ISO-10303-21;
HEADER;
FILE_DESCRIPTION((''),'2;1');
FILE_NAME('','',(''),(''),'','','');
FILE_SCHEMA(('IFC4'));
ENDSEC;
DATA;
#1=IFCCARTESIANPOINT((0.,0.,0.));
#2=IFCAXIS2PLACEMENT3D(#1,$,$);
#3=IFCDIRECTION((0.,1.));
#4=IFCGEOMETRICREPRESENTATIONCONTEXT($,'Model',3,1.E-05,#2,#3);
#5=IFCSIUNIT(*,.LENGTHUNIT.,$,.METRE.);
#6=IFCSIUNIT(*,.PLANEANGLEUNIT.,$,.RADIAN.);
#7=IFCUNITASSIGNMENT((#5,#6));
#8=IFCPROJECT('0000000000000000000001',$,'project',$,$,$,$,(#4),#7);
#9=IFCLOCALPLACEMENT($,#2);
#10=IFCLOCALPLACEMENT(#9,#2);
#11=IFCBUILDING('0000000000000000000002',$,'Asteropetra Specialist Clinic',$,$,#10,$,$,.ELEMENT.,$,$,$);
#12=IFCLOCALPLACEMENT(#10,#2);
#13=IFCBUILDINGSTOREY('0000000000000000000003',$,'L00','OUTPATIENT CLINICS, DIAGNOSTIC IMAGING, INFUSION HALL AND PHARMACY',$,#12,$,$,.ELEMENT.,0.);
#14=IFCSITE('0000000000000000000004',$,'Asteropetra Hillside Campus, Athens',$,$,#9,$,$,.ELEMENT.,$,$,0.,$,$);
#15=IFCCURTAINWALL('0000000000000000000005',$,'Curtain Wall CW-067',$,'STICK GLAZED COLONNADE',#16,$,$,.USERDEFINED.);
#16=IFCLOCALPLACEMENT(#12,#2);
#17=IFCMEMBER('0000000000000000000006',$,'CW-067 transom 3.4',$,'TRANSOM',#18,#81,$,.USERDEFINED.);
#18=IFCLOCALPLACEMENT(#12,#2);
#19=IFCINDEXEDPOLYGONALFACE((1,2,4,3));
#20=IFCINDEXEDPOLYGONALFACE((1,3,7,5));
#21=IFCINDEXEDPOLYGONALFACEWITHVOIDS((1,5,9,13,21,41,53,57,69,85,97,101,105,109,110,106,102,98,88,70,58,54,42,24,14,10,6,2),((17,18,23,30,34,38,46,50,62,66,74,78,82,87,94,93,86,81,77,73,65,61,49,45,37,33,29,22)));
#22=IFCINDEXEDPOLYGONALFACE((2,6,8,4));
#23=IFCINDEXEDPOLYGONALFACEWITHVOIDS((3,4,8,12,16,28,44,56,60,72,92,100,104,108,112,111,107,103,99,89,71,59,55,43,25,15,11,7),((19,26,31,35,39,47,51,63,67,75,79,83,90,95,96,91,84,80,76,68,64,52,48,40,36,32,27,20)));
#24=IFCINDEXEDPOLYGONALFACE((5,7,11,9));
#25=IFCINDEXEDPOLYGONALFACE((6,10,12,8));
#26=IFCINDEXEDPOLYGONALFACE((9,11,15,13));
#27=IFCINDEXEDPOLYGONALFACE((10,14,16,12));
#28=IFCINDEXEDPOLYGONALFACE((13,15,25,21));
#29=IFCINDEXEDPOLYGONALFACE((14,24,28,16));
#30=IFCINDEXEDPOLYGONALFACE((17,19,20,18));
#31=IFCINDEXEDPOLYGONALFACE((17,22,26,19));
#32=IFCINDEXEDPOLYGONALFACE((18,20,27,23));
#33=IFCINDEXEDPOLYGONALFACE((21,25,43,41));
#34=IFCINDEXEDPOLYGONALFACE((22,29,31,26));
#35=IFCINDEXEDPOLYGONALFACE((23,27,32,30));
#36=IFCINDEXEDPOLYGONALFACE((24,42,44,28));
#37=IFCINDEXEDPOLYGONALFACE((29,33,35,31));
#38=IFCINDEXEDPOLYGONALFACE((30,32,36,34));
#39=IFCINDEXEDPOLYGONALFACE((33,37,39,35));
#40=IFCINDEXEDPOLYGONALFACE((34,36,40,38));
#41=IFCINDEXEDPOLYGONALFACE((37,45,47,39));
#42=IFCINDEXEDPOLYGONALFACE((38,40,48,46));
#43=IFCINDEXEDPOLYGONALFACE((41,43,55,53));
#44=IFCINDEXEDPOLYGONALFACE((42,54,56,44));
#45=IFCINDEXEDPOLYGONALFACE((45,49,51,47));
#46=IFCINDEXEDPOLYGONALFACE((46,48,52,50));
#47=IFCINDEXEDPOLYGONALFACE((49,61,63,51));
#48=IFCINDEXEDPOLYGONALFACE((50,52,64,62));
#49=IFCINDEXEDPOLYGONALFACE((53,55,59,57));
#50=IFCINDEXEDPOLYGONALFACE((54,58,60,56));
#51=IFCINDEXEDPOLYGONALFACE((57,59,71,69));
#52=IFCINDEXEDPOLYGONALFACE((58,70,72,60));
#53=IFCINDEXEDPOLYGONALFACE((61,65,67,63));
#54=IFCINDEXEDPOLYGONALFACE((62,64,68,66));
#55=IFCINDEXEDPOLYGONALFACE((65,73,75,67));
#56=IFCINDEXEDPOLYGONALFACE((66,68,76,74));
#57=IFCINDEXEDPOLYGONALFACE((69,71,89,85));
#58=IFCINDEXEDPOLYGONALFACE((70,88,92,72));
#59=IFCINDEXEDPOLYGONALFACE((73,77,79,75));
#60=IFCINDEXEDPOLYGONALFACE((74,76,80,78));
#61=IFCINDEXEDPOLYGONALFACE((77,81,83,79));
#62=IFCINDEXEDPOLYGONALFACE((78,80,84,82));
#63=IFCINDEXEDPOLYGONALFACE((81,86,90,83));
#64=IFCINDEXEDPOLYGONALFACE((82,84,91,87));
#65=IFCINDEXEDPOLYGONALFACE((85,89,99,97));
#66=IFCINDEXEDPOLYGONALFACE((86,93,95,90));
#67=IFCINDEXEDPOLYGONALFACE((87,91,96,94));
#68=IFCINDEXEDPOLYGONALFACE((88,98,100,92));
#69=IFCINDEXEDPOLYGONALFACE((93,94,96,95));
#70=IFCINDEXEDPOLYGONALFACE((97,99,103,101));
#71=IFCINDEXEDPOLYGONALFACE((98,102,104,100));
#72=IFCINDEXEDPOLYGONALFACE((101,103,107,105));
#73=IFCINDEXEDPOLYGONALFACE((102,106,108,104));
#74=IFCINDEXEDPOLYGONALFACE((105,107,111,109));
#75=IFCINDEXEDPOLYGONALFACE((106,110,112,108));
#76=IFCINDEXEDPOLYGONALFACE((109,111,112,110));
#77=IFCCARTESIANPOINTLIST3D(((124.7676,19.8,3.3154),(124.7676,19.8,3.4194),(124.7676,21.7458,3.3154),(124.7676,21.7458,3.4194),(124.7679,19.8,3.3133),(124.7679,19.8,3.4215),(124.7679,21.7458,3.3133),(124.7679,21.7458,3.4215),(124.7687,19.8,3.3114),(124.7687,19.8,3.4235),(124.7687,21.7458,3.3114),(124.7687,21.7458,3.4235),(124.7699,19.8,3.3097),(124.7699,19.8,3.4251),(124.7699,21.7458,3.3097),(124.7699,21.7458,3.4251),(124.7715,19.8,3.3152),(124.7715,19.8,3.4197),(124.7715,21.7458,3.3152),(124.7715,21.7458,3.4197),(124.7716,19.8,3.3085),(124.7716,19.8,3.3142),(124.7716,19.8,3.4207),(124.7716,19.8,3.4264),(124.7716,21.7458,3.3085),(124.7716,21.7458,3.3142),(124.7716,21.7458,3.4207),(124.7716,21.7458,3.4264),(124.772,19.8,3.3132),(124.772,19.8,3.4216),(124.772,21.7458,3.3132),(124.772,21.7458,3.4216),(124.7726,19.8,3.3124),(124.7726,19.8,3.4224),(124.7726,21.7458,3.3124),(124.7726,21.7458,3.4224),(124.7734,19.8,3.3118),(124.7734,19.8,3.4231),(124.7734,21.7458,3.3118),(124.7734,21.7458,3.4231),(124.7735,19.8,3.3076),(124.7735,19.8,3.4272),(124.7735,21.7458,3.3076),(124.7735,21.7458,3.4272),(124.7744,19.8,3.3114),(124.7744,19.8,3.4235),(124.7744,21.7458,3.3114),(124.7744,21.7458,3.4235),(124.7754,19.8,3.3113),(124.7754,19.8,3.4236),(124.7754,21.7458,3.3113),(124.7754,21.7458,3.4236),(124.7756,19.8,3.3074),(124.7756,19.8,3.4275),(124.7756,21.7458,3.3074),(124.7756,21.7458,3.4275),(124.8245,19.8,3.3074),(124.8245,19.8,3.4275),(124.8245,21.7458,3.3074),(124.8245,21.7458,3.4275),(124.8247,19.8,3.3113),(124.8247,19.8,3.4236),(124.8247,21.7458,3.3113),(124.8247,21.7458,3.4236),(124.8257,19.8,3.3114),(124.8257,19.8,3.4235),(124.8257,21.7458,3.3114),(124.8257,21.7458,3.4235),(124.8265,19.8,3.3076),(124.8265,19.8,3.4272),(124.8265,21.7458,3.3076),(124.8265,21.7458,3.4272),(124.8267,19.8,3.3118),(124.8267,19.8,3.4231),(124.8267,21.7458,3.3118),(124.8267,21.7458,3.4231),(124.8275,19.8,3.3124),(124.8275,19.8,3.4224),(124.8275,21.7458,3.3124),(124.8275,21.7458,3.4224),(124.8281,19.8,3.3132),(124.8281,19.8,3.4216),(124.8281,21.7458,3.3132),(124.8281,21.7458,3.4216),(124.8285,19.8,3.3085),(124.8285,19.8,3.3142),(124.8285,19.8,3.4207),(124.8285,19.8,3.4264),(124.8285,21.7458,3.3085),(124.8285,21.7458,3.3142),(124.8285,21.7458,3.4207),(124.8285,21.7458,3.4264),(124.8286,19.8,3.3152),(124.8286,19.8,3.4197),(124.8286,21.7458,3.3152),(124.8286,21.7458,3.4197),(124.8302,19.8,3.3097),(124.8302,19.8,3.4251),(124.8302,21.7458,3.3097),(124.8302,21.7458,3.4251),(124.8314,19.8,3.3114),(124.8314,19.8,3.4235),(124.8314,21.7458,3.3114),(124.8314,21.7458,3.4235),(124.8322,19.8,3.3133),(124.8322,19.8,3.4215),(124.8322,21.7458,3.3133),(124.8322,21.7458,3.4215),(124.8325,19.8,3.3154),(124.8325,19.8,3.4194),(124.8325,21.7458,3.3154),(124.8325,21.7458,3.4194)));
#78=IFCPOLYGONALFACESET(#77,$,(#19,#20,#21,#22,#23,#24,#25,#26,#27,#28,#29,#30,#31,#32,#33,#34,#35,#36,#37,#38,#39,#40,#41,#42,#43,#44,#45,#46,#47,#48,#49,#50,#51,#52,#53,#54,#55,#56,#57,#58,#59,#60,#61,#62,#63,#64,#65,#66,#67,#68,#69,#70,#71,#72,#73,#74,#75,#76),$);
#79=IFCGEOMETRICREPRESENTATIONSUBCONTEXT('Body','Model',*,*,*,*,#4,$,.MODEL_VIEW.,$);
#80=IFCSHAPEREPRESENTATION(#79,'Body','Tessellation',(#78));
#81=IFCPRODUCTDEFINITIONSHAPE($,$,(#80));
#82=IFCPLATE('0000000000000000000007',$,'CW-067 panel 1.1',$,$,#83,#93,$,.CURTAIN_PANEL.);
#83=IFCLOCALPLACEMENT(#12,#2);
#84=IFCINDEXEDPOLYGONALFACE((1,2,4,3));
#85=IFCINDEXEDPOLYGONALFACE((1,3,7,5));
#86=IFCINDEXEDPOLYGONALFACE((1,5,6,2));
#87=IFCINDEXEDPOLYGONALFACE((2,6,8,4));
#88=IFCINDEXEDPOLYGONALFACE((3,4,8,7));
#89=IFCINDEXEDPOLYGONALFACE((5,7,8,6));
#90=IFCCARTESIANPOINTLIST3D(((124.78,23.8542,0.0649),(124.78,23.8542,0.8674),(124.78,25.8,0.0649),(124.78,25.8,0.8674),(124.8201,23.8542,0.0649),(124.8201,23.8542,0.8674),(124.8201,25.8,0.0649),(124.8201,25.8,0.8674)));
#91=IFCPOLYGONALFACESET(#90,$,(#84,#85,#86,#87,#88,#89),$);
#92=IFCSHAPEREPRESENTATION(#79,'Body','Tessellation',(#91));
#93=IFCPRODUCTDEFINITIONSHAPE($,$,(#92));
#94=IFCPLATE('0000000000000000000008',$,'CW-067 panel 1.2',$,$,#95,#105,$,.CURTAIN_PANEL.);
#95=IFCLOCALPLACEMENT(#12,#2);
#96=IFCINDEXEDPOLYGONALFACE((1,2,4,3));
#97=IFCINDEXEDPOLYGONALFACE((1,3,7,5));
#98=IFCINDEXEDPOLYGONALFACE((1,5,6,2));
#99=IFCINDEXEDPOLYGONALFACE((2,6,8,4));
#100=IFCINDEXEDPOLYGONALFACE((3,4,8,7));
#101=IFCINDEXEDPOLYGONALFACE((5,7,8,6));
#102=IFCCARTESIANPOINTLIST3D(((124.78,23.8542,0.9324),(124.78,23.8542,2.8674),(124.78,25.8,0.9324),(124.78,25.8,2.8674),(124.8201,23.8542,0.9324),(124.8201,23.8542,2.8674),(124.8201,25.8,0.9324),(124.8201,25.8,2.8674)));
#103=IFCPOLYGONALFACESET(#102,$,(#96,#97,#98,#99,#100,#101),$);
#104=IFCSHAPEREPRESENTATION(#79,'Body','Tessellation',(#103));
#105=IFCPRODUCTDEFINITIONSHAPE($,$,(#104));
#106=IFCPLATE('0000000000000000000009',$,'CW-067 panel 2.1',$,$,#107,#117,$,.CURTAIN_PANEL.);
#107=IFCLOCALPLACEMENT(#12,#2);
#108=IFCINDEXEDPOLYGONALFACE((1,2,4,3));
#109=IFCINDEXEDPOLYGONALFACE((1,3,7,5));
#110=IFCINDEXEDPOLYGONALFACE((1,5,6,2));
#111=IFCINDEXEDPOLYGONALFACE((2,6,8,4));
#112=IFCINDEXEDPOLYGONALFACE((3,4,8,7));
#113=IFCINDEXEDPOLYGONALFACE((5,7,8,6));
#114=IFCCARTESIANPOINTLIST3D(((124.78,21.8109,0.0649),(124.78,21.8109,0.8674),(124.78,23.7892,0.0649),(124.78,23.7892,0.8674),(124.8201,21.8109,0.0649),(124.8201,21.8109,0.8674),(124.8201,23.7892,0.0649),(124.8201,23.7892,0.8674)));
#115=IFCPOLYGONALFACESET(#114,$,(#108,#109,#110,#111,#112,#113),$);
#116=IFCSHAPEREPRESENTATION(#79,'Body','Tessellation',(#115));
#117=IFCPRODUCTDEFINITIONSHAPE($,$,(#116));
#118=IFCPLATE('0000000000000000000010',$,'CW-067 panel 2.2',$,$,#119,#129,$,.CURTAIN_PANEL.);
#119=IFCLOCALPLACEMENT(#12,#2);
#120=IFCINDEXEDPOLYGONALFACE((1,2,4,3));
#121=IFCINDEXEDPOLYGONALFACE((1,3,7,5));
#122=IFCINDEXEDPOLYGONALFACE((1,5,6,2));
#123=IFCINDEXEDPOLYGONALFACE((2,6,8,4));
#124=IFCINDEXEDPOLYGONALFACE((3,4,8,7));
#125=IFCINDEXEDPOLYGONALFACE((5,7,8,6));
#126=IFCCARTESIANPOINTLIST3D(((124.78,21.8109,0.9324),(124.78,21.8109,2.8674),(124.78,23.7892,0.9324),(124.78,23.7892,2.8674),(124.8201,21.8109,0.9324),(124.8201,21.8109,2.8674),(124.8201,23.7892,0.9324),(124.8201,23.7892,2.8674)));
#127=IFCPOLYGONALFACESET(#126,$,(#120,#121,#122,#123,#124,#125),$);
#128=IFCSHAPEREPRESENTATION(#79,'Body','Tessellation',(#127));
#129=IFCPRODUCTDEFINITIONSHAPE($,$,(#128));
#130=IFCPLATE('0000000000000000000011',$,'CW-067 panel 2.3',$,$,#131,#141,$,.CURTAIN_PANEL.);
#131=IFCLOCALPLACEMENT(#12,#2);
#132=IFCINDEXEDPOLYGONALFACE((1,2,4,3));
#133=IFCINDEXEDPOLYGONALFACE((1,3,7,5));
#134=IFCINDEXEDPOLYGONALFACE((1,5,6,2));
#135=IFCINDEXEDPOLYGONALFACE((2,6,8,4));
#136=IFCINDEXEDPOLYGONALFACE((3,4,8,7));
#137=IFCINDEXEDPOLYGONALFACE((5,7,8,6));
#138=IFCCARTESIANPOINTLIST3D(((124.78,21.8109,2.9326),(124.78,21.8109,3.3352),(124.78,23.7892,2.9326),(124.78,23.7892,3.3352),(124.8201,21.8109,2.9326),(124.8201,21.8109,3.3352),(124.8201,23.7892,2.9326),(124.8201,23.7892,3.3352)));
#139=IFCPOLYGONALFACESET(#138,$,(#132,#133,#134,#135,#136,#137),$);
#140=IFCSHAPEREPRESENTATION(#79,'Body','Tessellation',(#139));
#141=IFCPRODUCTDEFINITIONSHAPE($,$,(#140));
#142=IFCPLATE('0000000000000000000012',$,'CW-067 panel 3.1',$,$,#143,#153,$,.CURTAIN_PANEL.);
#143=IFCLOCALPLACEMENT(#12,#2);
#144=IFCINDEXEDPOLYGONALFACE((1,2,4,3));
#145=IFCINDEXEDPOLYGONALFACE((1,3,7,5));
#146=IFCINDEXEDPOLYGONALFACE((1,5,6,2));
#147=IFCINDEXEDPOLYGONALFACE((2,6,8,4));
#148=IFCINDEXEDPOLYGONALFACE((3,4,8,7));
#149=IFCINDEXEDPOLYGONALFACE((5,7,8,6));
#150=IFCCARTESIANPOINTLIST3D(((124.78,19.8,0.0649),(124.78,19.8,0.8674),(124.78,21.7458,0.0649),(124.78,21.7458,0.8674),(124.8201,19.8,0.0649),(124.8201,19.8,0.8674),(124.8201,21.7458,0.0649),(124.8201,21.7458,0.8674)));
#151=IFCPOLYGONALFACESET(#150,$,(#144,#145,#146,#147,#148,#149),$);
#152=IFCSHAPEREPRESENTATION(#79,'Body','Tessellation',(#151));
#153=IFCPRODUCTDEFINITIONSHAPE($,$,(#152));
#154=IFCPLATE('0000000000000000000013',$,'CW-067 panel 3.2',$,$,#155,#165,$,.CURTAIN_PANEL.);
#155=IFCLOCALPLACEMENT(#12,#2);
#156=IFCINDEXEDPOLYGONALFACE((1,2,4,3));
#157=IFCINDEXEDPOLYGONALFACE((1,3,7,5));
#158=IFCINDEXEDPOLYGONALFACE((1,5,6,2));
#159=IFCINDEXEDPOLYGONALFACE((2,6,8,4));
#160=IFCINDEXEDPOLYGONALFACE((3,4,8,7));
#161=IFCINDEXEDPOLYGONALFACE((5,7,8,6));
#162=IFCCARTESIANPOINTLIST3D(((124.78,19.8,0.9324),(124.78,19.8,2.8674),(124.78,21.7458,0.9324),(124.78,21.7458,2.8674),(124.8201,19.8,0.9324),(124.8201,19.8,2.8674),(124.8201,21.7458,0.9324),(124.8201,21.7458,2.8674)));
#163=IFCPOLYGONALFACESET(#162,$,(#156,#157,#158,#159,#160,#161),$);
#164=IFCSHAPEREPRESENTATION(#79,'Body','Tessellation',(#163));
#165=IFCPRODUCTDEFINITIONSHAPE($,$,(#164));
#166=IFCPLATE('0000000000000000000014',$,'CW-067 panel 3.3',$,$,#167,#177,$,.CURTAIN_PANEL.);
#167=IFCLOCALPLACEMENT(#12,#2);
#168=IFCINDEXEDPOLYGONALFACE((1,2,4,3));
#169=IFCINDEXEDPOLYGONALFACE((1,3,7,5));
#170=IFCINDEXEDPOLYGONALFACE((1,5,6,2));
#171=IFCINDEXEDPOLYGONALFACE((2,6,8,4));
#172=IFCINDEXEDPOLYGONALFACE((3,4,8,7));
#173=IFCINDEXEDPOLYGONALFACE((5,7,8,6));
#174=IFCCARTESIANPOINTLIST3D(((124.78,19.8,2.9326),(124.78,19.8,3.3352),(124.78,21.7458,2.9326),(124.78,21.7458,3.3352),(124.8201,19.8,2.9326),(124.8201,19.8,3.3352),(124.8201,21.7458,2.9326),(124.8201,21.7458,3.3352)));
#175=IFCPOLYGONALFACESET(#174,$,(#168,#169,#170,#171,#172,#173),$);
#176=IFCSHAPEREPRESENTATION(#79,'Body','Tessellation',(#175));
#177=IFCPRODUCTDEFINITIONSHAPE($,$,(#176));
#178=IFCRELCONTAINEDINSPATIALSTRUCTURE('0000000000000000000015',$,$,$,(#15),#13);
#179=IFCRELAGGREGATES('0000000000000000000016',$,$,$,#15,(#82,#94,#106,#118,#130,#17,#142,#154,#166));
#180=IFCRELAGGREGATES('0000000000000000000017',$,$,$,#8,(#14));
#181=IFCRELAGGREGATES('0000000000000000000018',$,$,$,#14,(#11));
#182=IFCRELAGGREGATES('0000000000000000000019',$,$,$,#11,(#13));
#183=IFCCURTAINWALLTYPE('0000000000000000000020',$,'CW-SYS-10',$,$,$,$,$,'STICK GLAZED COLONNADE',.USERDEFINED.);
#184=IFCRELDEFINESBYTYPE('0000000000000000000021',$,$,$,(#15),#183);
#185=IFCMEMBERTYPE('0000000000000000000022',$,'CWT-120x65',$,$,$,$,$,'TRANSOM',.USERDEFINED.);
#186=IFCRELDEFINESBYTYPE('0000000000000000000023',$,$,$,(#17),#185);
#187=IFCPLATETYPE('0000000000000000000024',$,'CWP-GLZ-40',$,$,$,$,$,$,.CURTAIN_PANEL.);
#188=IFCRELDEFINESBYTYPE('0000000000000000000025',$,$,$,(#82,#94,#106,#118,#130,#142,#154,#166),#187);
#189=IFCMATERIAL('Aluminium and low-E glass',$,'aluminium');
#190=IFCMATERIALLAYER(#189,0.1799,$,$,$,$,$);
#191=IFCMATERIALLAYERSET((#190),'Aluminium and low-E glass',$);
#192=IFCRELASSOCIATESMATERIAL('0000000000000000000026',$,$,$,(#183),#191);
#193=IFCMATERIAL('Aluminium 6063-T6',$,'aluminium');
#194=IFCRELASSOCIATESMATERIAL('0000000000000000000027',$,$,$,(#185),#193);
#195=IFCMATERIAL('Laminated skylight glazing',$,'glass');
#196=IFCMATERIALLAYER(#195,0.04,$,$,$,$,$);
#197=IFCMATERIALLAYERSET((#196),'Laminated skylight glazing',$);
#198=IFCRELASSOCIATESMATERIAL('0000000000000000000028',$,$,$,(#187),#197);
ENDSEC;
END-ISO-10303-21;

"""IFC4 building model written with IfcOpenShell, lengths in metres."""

from ifc_helpers import new_model, si_unit, direction, frame, origin, origin_2d, place, context, subcontext, project, spatial, rectangle, hollow_rectangle, extrude, material, layer, layer_set, material_profile, profile_set, type_object, element, aggregate, save


model = new_model("IFC4")

# Units and contexts
model_context = context("Model", 3, precision=1e-05, world=origin(), true_north=direction((0.0, 1.0)))
body_context = subcontext(model_context, "Body", "Model", "MODEL_VIEW")
ifc_project = project(units=[si_unit("LENGTHUNIT", "METRE"), si_unit("PLANEANGLEUNIT", "RADIAN")], contexts=[model_context])

# Site, building, storey
site_placement = place(None, origin())
site = spatial("IfcSite", under=ifc_project, at=site_placement, Name="Asteropetra Hillside Campus, Athens", CompositionType="ELEMENT", RefElevation=0.0)
building_placement = place(site_placement, origin())
building = spatial("IfcBuilding", under=site, at=building_placement, Name="Asteropetra Specialist Clinic", CompositionType="ELEMENT")
storey_placement = place(building_placement, origin())
storey = spatial("IfcBuildingStorey", under=building, at=storey_placement, Name="L00", Description="OUTPATIENT CLINICS, DIAGNOSTIC IMAGING, INFUSION HALL AND PHARMACY", CompositionType="ELEMENT", Elevation=0.0)

# Curtain wall, member, plates
ifc_material_1 = material(Name="Aluminium and low-E glass", Category="aluminium")
ifc_layer_1 = layer(ifc_material_1, 0.1799)
ifc_layer_set_1 = layer_set([ifc_layer_1], Name="Aluminium and low-E glass")
curtain_wall_type = type_object("IfcCurtainWallType", Name="CW-SYS-10", ElementType="STICK GLAZED COLONNADE", PredefinedType="USERDEFINED", material=ifc_layer_set_1)
curtain_wall_placement = place(storey_placement, origin())
curtain_wall = element("IfcCurtainWall", 1, at=curtain_wall_placement, inside=storey, type_object=curtain_wall_type, Name="Curtain Wall CW-067", ObjectType="STICK GLAZED COLONNADE", PredefinedType="USERDEFINED")
ifc_material_2 = material(Name="Aluminium 6063-T6", Category="aluminium")
ifc_material_profile_1 = material_profile(ifc_material_2, hollow_rectangle(XDim=0.0649, YDim=0.1201, WallThickness=0.0039, InnerFilletRadius=0.0039, OuterFilletRadius=0.0081, at=origin_2d()), Name="TRN 120x65x4.0")
ifc_profile_set_1 = profile_set([ifc_material_profile_1], Name="Aluminium 6063-T6")
member_type_1 = type_object("IfcMemberType", Name="CWT-120x65", ElementType="TRANSOM", PredefinedType="USERDEFINED", material=ifc_profile_set_1)
member_1_placement = place(storey_placement, frame((124.8, 21.7458, 3.3674), z_axis=(0.0, -1.0, 0.0), x_axis=(1.0, 0.0, 0.0)))
member_1 = element("IfcMember", 2, at=member_1_placement, type_object=member_type_1, Name="CW-067 transom 3.4", ObjectType="TRANSOM", PredefinedType="USERDEFINED", context=body_context, shape_type="SweptSolid", body=[
    extrude(hollow_rectangle(XDim=0.0649, YDim=0.1201, WallThickness=0.0039, InnerFilletRadius=0.0039, OuterFilletRadius=0.0081, at=origin_2d()), origin(), (0.0, 0.0, 1.0), 1.9458),
])
ifc_material_3 = material(Name="Laminated skylight glazing", Category="glass")
ifc_layer_2 = layer(ifc_material_3, 0.04)
ifc_layer_set_2 = layer_set([ifc_layer_2], Name="Laminated skylight glazing")
plate_type = type_object("IfcPlateType", Name="CWP-GLZ-40", PredefinedType="CURTAIN_PANEL", material=ifc_layer_set_2)
plate_1_placement = place(storey_placement, frame((124.8, 24.8271, 0.0649), z_axis=(0.0, 0.0, 1.0), x_axis=(0.0, -1.0, 0.0)))
plate_1 = element("IfcPlate", 3, at=plate_1_placement, type_object=plate_type, Name="CW-067 panel 1.1", PredefinedType="CURTAIN_PANEL", context=body_context, shape_type="SweptSolid", body=[
    extrude(rectangle(XDim=1.9458, YDim=0.04, at=origin_2d()), origin(), (0.0, 0.0, 1.0), 0.8025),
])
plate_2_placement = place(storey_placement, frame((124.8, 24.8271, 0.9324), z_axis=(0.0, 0.0, 1.0), x_axis=(0.0, -1.0, 0.0)))
plate_2 = element("IfcPlate", 4, at=plate_2_placement, type_object=plate_type, Name="CW-067 panel 1.2", PredefinedType="CURTAIN_PANEL", context=body_context, shape_type="SweptSolid", body=[
    extrude(rectangle(XDim=1.9458, YDim=0.04, at=origin_2d()), origin(), (0.0, 0.0, 1.0), 1.9351),
])
plate_3_placement = place(storey_placement, frame((124.8, 22.8, 0.0649), z_axis=(0.0, 0.0, 1.0), x_axis=(0.0, -1.0, 0.0)))
plate_3 = element("IfcPlate", 5, at=plate_3_placement, type_object=plate_type, Name="CW-067 panel 2.1", PredefinedType="CURTAIN_PANEL", context=body_context, shape_type="SweptSolid", body=[
    extrude(rectangle(XDim=1.9783, YDim=0.04, at=origin_2d()), origin(), (0.0, 0.0, 1.0), 0.8025),
])
plate_4_placement = place(storey_placement, frame((124.8, 22.8, 0.9324), z_axis=(0.0, 0.0, 1.0), x_axis=(0.0, -1.0, 0.0)))
plate_4 = element("IfcPlate", 6, at=plate_4_placement, type_object=plate_type, Name="CW-067 panel 2.2", PredefinedType="CURTAIN_PANEL", context=body_context, shape_type="SweptSolid", body=[
    extrude(rectangle(XDim=1.9783, YDim=0.04, at=origin_2d()), origin(), (0.0, 0.0, 1.0), 1.9351),
])
plate_5_placement = place(storey_placement, frame((124.8, 22.8, 2.9326), z_axis=(0.0, 0.0, 1.0), x_axis=(0.0, -1.0, 0.0)))
plate_5 = element("IfcPlate", 7, at=plate_5_placement, type_object=plate_type, Name="CW-067 panel 2.3", PredefinedType="CURTAIN_PANEL", context=body_context, shape_type="SweptSolid", body=[
    extrude(rectangle(XDim=1.9783, YDim=0.04, at=origin_2d()), origin(), (0.0, 0.0, 1.0), 0.4026),
])
plate_6_placement = place(storey_placement, frame((124.8, 20.7729, 0.0649), z_axis=(0.0, 0.0, 1.0), x_axis=(0.0, -1.0, 0.0)))
plate_6 = element("IfcPlate", 8, at=plate_6_placement, type_object=plate_type, Name="CW-067 panel 3.1", PredefinedType="CURTAIN_PANEL", context=body_context, shape_type="SweptSolid", body=[
    extrude(rectangle(XDim=1.9458, YDim=0.04, at=origin_2d()), origin(), (0.0, 0.0, 1.0), 0.8025),
])
plate_7_placement = place(storey_placement, frame((124.8, 20.7729, 0.9324), z_axis=(0.0, 0.0, 1.0), x_axis=(0.0, -1.0, 0.0)))
plate_7 = element("IfcPlate", 9, at=plate_7_placement, type_object=plate_type, Name="CW-067 panel 3.2", PredefinedType="CURTAIN_PANEL", context=body_context, shape_type="SweptSolid", body=[
    extrude(rectangle(XDim=1.9458, YDim=0.04, at=origin_2d()), origin(), (0.0, 0.0, 1.0), 1.9351),
])
plate_8_placement = place(storey_placement, frame((124.8, 20.7729, 2.9326), z_axis=(0.0, 0.0, 1.0), x_axis=(0.0, -1.0, 0.0)))
plate_8 = element("IfcPlate", 10, at=plate_8_placement, type_object=plate_type, Name="CW-067 panel 3.3", PredefinedType="CURTAIN_PANEL", context=body_context, shape_type="SweptSolid", body=[
    extrude(rectangle(XDim=1.9458, YDim=0.04, at=origin_2d()), origin(), (0.0, 0.0, 1.0), 0.4026),
])
aggregate(curtain_wall, [plate_1, plate_2, plate_3, plate_4, plate_5, member_1, plate_6, plate_7, plate_8])

save(model, "model.ifc")
